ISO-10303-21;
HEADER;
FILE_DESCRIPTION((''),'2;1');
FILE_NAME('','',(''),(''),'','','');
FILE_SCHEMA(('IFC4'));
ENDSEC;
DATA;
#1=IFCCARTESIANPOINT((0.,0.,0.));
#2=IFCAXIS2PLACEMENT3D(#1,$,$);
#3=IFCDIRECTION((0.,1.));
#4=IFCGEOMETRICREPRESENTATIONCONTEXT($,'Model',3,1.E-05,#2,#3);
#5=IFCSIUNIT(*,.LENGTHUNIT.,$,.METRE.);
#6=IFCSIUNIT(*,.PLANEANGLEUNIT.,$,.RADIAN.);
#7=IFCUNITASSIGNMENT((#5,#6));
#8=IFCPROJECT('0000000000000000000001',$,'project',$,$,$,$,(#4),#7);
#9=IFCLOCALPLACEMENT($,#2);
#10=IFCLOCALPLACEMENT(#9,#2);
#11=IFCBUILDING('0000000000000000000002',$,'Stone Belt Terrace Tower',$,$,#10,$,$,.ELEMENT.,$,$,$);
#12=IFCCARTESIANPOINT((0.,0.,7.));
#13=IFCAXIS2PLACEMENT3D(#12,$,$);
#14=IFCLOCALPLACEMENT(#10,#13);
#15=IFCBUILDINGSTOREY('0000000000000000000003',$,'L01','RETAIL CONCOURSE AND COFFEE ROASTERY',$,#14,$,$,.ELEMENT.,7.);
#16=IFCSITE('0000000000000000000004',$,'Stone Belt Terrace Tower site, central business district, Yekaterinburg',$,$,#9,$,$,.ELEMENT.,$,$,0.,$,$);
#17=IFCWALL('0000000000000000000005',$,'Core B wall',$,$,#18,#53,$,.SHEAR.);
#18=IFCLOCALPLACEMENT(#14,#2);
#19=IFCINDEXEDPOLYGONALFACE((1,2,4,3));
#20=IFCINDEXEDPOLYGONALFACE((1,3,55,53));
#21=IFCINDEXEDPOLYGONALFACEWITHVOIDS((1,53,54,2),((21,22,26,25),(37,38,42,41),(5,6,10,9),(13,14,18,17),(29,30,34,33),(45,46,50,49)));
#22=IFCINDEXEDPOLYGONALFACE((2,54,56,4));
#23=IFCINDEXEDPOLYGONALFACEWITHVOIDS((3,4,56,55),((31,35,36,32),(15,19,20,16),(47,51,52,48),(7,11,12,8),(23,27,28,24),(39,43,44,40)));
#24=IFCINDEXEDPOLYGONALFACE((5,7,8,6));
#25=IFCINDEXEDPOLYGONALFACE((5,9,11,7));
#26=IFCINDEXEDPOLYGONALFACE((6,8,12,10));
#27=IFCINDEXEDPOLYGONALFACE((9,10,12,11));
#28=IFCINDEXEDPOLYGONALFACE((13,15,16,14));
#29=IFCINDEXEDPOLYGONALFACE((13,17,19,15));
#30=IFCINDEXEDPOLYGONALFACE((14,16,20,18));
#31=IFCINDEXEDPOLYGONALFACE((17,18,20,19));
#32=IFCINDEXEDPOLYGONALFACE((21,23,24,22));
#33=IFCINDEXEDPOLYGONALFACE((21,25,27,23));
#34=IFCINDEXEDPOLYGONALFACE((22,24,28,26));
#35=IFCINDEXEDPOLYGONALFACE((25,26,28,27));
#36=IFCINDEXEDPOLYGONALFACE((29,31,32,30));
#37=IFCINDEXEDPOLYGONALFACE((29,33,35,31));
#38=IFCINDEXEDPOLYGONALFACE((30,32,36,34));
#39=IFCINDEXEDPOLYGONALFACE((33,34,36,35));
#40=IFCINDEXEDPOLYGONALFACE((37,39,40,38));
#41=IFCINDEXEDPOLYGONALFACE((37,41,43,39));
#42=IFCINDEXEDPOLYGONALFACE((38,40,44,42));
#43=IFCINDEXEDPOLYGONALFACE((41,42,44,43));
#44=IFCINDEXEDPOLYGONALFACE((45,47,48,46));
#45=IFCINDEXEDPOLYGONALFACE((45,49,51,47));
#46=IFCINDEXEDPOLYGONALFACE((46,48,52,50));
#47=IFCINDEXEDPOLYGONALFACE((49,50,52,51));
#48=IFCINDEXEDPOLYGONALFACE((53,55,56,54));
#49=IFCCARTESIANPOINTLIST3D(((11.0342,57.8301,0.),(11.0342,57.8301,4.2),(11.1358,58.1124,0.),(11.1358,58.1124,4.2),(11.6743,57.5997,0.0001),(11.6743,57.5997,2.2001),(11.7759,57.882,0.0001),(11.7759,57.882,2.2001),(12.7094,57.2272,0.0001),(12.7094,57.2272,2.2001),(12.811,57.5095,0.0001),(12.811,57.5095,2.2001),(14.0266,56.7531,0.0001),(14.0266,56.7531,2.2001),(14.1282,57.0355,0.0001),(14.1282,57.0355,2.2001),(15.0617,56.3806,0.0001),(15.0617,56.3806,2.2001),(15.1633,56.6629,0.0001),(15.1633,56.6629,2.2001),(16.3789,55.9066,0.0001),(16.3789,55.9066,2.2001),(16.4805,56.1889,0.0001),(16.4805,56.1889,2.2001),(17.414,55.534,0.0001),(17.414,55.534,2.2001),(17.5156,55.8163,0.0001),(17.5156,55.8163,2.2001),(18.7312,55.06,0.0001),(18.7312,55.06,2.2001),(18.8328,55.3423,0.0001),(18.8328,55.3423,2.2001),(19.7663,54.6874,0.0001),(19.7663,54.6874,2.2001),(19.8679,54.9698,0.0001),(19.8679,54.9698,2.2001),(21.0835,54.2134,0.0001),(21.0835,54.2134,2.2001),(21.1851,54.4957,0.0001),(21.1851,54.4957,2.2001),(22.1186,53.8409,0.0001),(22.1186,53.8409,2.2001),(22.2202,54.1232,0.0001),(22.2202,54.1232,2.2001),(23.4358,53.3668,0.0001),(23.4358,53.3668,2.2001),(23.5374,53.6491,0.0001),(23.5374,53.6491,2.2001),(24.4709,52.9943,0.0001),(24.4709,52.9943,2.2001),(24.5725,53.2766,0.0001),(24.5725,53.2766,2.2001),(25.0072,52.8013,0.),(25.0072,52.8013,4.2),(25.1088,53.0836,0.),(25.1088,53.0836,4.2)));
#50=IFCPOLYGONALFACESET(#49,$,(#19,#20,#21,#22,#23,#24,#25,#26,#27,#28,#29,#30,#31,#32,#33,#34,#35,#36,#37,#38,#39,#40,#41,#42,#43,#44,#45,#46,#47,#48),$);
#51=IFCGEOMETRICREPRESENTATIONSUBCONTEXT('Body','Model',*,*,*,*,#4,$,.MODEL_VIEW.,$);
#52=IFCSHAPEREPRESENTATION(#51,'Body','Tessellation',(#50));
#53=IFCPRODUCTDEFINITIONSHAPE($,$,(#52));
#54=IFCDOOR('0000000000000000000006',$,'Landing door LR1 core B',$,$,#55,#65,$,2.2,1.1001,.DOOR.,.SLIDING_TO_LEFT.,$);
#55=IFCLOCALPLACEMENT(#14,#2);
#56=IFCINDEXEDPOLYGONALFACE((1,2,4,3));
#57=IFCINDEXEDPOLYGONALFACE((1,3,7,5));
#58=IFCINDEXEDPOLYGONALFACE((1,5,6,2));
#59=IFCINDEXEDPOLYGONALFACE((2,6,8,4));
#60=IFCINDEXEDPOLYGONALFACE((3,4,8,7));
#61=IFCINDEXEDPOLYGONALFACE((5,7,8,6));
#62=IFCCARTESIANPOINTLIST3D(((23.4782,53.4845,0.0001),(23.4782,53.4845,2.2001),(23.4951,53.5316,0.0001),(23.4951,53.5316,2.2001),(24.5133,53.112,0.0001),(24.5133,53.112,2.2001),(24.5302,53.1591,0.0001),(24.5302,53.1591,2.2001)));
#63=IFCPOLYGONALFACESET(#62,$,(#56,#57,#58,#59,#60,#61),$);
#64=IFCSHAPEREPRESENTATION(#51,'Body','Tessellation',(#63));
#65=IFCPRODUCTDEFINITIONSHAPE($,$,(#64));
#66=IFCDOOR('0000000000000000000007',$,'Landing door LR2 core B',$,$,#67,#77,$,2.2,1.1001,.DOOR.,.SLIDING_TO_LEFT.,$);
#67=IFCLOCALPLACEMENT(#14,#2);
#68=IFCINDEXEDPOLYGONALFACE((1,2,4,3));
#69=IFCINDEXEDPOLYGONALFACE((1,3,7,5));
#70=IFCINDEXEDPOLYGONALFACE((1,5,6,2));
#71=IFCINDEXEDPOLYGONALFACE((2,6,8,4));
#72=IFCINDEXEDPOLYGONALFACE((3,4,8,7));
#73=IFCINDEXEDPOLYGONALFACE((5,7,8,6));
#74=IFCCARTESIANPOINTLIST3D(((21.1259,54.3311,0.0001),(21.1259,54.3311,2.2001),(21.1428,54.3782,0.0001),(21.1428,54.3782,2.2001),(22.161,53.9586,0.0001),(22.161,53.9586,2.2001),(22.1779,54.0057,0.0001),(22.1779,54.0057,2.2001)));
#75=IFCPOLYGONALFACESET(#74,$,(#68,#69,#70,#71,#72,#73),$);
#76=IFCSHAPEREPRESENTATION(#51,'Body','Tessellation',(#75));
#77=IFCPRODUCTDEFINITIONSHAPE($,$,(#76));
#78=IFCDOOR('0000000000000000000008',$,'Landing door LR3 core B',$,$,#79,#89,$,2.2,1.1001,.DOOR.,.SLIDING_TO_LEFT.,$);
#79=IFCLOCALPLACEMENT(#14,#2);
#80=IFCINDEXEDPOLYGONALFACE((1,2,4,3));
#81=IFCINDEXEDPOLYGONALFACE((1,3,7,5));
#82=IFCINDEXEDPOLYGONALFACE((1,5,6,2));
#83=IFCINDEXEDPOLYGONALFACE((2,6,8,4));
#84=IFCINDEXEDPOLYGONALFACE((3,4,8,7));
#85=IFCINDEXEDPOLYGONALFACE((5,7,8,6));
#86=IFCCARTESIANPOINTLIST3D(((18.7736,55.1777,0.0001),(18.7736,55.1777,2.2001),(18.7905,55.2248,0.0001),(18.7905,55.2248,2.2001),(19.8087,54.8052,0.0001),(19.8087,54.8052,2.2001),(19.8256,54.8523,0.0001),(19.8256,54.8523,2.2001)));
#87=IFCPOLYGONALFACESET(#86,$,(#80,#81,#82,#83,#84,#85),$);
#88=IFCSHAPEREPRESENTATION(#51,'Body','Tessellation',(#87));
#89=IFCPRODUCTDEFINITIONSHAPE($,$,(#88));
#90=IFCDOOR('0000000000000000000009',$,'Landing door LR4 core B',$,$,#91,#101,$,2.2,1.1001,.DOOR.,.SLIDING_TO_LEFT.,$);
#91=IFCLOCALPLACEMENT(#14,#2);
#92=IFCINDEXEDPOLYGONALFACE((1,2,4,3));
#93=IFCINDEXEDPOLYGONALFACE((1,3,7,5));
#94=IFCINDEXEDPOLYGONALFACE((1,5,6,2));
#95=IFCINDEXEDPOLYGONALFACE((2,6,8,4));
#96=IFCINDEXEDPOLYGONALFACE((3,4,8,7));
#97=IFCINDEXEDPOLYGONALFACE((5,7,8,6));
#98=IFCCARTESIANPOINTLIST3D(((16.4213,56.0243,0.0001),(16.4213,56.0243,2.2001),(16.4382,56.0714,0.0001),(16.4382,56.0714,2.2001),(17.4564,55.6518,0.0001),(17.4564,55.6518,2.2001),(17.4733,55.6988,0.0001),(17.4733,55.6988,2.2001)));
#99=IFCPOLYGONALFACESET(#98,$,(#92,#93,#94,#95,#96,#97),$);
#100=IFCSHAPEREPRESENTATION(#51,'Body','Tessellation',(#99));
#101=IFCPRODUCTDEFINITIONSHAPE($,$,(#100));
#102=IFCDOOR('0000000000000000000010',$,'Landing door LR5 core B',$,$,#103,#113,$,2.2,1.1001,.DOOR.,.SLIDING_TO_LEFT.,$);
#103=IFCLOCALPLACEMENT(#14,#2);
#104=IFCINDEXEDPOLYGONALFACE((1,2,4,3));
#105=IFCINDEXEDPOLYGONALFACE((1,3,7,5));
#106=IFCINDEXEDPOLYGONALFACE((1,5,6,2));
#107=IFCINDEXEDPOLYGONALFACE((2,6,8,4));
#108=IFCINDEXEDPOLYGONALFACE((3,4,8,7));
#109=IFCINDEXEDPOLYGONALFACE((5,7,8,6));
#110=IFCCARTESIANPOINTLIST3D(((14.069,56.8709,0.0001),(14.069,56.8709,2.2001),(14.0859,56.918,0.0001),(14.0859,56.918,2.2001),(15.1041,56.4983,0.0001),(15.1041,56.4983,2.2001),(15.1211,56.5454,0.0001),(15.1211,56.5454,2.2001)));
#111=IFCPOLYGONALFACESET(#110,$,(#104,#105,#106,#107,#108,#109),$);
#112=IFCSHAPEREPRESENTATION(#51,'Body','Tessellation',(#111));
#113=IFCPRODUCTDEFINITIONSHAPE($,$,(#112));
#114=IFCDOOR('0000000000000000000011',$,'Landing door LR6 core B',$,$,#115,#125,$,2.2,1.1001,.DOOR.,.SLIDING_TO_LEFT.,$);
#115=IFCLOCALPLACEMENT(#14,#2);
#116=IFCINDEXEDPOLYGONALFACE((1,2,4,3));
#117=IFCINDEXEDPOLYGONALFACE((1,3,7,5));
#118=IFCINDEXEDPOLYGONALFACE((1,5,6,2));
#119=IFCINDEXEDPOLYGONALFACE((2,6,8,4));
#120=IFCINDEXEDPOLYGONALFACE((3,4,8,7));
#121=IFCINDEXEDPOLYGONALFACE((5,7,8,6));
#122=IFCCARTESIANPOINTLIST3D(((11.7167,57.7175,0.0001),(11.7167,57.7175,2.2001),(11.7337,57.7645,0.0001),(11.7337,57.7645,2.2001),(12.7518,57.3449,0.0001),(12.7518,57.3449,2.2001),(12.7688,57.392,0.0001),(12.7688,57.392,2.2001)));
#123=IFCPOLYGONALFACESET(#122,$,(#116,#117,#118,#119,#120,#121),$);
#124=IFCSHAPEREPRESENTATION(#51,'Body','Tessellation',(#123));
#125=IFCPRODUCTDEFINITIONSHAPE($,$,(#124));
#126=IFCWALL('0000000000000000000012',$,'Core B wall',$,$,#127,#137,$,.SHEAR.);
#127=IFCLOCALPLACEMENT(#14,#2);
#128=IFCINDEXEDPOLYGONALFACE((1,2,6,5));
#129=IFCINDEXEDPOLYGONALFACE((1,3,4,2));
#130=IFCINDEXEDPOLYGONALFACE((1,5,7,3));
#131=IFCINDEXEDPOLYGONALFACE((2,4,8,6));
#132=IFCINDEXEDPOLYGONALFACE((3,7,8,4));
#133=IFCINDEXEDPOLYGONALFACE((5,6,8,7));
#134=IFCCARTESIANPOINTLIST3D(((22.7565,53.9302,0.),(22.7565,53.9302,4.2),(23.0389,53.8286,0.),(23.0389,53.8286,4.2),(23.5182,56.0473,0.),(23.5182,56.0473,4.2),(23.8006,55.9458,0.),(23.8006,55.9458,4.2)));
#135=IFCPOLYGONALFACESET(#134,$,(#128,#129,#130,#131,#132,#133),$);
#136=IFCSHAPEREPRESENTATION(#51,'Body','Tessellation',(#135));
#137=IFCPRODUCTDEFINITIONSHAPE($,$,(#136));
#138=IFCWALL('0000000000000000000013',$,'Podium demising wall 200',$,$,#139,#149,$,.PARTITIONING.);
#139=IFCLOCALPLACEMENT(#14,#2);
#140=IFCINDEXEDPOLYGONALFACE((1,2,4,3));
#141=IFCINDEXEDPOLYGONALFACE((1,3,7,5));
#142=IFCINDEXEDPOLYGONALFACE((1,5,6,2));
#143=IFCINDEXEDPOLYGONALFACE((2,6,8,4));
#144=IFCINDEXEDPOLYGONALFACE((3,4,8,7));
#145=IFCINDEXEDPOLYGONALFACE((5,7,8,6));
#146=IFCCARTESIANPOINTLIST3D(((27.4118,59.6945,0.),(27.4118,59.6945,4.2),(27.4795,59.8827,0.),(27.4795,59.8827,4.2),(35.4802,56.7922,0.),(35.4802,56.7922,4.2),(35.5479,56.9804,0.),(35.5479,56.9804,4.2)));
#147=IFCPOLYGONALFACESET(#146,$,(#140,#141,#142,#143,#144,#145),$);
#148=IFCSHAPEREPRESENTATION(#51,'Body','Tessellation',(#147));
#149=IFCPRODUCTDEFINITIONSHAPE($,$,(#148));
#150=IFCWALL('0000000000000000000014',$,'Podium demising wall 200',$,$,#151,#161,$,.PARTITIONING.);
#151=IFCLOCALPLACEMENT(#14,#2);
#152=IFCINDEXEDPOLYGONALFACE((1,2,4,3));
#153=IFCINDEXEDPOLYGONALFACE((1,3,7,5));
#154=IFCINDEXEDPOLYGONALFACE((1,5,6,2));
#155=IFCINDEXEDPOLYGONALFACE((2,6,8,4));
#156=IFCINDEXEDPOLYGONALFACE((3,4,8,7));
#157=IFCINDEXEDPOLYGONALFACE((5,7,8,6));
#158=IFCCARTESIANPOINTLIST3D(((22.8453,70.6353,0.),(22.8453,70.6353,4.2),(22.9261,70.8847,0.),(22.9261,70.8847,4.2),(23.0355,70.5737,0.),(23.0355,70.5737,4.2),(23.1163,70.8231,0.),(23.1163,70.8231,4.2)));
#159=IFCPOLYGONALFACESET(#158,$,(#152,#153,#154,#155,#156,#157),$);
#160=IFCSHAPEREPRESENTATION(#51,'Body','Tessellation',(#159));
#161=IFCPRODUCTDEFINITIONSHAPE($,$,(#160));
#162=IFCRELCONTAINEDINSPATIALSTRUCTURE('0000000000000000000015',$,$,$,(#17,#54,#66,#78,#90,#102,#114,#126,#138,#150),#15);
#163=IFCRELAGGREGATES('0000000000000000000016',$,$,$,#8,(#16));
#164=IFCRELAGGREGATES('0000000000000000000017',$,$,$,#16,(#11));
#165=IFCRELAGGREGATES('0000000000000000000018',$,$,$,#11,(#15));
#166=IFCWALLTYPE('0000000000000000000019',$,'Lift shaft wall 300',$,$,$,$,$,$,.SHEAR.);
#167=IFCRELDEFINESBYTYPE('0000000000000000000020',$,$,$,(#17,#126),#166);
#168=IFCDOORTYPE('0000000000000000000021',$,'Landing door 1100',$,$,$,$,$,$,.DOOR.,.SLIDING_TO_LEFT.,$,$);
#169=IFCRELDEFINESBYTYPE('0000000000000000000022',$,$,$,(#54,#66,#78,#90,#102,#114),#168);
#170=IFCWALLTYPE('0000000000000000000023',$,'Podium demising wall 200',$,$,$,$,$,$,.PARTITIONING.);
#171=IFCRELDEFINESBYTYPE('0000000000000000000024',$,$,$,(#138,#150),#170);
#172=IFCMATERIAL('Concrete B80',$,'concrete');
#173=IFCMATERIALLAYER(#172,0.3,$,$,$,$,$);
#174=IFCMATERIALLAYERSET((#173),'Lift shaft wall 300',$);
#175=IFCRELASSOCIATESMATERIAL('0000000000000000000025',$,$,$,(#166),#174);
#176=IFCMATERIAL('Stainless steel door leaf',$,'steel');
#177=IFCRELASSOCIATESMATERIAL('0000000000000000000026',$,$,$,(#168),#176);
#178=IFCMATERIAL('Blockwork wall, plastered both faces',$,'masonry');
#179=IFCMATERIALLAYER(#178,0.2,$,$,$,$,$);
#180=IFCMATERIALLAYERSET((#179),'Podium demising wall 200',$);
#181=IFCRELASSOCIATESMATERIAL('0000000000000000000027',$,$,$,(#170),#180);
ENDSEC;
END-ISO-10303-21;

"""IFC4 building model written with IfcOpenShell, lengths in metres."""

from ifc_helpers import new_model, si_unit, direction, frame, frame_2d, origin, place, context, subcontext, project, spatial, rectangle, extrude, material, layer, layer_set, type_object, element, fill, save


model = new_model("IFC4")

# Units and contexts
model_context = context("Model", 3, precision=1e-05, world=origin(), true_north=direction((0.0, 1.0)))
body_context = subcontext(model_context, "Body", "Model", "MODEL_VIEW")
ifc_project = project(units=[si_unit("LENGTHUNIT", "METRE"), si_unit("PLANEANGLEUNIT", "RADIAN")], contexts=[model_context])

# Site, building, storey
site_placement = place(None, origin())
site = spatial("IfcSite", under=ifc_project, at=site_placement, Name="Stone Belt Terrace Tower site, central business district, Yekaterinburg", CompositionType="ELEMENT", RefElevation=0.0)
building_placement = place(site_placement, origin())
building = spatial("IfcBuilding", under=site, at=building_placement, Name="Stone Belt Terrace Tower", CompositionType="ELEMENT")
storey_placement = place(building_placement, frame((0.0, 0.0, 7.0)))
storey = spatial("IfcBuildingStorey", under=building, at=storey_placement, Name="L01", Description="RETAIL CONCOURSE AND COFFEE ROASTERY", CompositionType="ELEMENT", Elevation=7.0)

# Shared definitions
ifc_material_1 = material(Name="Concrete B80", Category="concrete")

# Shared definitions
ifc_layer_1 = layer(ifc_material_1, 0.3)
ifc_layer_set_1 = layer_set([ifc_layer_1], Name="Lift shaft wall 300")
wall_type_1 = type_object("IfcWallType", Name="Lift shaft wall 300", PredefinedType="SHEAR", material=ifc_layer_set_1)
ifc_material_2 = material(Name="Stainless steel door leaf", Category="steel")

# Wall, openings, doors
wall_1_placement = place(storey_placement, frame((25.0581, 52.9424, 0.0), z_axis=(0.0, 0.0, 1.0), x_axis=(-0.940918, 0.338634, 0.0)))
wall_1 = element("IfcWall", 1, at=wall_1_placement, inside=storey, type_object=wall_type_1, Name="Core B wall", PredefinedType="SHEAR", context=body_context, shape_type="SweptSolid", body=[
    extrude(rectangle(XDim=14.8503, YDim=0.3, at=frame_2d((7.4253, 0.0))), origin(), (0.0, 0.0, 1.0), 4.2),
])
opening_1_placement = place(wall_1_placement, frame((0.5701, 0.0, 0.0)))
opening_1 = element("IfcOpeningElement", 2, at=opening_1_placement, cuts=wall_1, PredefinedType="OPENING", context=body_context, shape_type="SweptSolid", body=[
    extrude(rectangle(XDim=1.1001, YDim=2.2, at=frame_2d((0.55, 1.1001))), frame((0.0, 0.1599, 0.0), z_axis=(0.0, -1.0, 0.0), x_axis=(1.0, 0.0, 0.0)), (0.0, 0.0, 1.0), 0.3201),
])
opening_2_placement = place(wall_1_placement, frame((3.0701, 0.0, 0.0)))
opening_2 = element("IfcOpeningElement", 3, at=opening_2_placement, cuts=wall_1, PredefinedType="OPENING", context=body_context, shape_type="SweptSolid", body=[
    extrude(rectangle(XDim=1.1001, YDim=2.2, at=frame_2d((0.55, 1.1001))), frame((0.0, 0.1599, 0.0), z_axis=(0.0, -1.0, 0.0), x_axis=(1.0, 0.0, 0.0)), (0.0, 0.0, 1.0), 0.3201),
])
opening_3_placement = place(wall_1_placement, frame((5.5701, 0.0, 0.0)))
opening_3 = element("IfcOpeningElement", 4, at=opening_3_placement, cuts=wall_1, PredefinedType="OPENING", context=body_context, shape_type="SweptSolid", body=[
    extrude(rectangle(XDim=1.1001, YDim=2.2, at=frame_2d((0.55, 1.1001))), frame((0.0, 0.1599, 0.0), z_axis=(0.0, -1.0, 0.0), x_axis=(1.0, 0.0, 0.0)), (0.0, 0.0, 1.0), 0.3201),
])
opening_4_placement = place(wall_1_placement, frame((8.0701, 0.0, 0.0)))
opening_4 = element("IfcOpeningElement", 5, at=opening_4_placement, cuts=wall_1, PredefinedType="OPENING", context=body_context, shape_type="SweptSolid", body=[
    extrude(rectangle(XDim=1.1001, YDim=2.2, at=frame_2d((0.55, 1.1001))), frame((0.0, 0.1599, 0.0), z_axis=(0.0, -1.0, 0.0), x_axis=(1.0, 0.0, 0.0)), (0.0, 0.0, 1.0), 0.3201),
])
opening_5_placement = place(wall_1_placement, frame((10.5701, 0.0, 0.0)))
opening_5 = element("IfcOpeningElement", 6, at=opening_5_placement, cuts=wall_1, PredefinedType="OPENING", context=body_context, shape_type="SweptSolid", body=[
    extrude(rectangle(XDim=1.1001, YDim=2.2, at=frame_2d((0.55, 1.1001))), frame((0.0, 0.1599, 0.0), z_axis=(0.0, -1.0, 0.0), x_axis=(1.0, 0.0, 0.0)), (0.0, 0.0, 1.0), 0.3201),
])
opening_6_placement = place(wall_1_placement, frame((13.0701, 0.0, 0.0)))
opening_6 = element("IfcOpeningElement", 7, at=opening_6_placement, cuts=wall_1, PredefinedType="OPENING", context=body_context, shape_type="SweptSolid", body=[
    extrude(rectangle(XDim=1.1001, YDim=2.2, at=frame_2d((0.55, 1.1001))), frame((0.0, 0.1599, 0.0), z_axis=(0.0, -1.0, 0.0), x_axis=(1.0, 0.0, 0.0)), (0.0, 0.0, 1.0), 0.3201),
])
door_type_1 = type_object("IfcDoorType", Name="Landing door 1100", OperationType="SLIDING_TO_LEFT", PredefinedType="DOOR", material=ifc_material_2)
door_1_placement = place(opening_1_placement, origin())
door_1 = element("IfcDoor", 8, at=door_1_placement, inside=storey, type_object=door_type_1, Name="Landing door LR1 core B", OperationType="SLIDING_TO_LEFT", OverallHeight=2.2, OverallWidth=1.1001, PredefinedType="DOOR", context=body_context, shape_type="SweptSolid", body=[
    extrude(rectangle(XDim=1.1001, YDim=2.2, at=frame_2d((0.55, 1.1001))), frame((0.0, 0.0249, 0.0), z_axis=(0.0, -1.0, 0.0), x_axis=(1.0, 0.0, 0.0)), (0.0, 0.0, 1.0), 0.05),
])
fill(opening_1, door_1)
door_2_placement = place(opening_2_placement, origin())
door_2 = element("IfcDoor", 9, at=door_2_placement, inside=storey, type_object=door_type_1, Name="Landing door LR2 core B", OperationType="SLIDING_TO_LEFT", OverallHeight=2.2, OverallWidth=1.1001, PredefinedType="DOOR", context=body_context, shape_type="SweptSolid", body=[
    extrude(rectangle(XDim=1.1001, YDim=2.2, at=frame_2d((0.55, 1.1001))), frame((0.0, 0.0249, 0.0), z_axis=(0.0, -1.0, 0.0), x_axis=(1.0, 0.0, 0.0)), (0.0, 0.0, 1.0), 0.05),
])
fill(opening_2, door_2)
door_3_placement = place(opening_3_placement, origin())
door_3 = element("IfcDoor", 10, at=door_3_placement, inside=storey, type_object=door_type_1, Name="Landing door LR3 core B", OperationType="SLIDING_TO_LEFT", OverallHeight=2.2, OverallWidth=1.1001, PredefinedType="DOOR", context=body_context, shape_type="SweptSolid", body=[
    extrude(rectangle(XDim=1.1001, YDim=2.2, at=frame_2d((0.55, 1.1001))), frame((0.0, 0.0249, 0.0), z_axis=(0.0, -1.0, 0.0), x_axis=(1.0, 0.0, 0.0)), (0.0, 0.0, 1.0), 0.05),
])
fill(opening_3, door_3)
door_4_placement = place(opening_4_placement, origin())
door_4 = element("IfcDoor", 11, at=door_4_placement, inside=storey, type_object=door_type_1, Name="Landing door LR4 core B", OperationType="SLIDING_TO_LEFT", OverallHeight=2.2, OverallWidth=1.1001, PredefinedType="DOOR", context=body_context, shape_type="SweptSolid", body=[
    extrude(rectangle(XDim=1.1001, YDim=2.2, at=frame_2d((0.55, 1.1001))), frame((0.0, 0.0249, 0.0), z_axis=(0.0, -1.0, 0.0), x_axis=(1.0, 0.0, 0.0)), (0.0, 0.0, 1.0), 0.05),
])
fill(opening_4, door_4)
door_5_placement = place(opening_5_placement, origin())
door_5 = element("IfcDoor", 12, at=door_5_placement, inside=storey, type_object=door_type_1, Name="Landing door LR5 core B", OperationType="SLIDING_TO_LEFT", OverallHeight=2.2, OverallWidth=1.1001, PredefinedType="DOOR", context=body_context, shape_type="SweptSolid", body=[
    extrude(rectangle(XDim=1.1001, YDim=2.2, at=frame_2d((0.55, 1.1001))), frame((0.0, 0.0249, 0.0), z_axis=(0.0, -1.0, 0.0), x_axis=(1.0, 0.0, 0.0)), (0.0, 0.0, 1.0), 0.05),
])
fill(opening_5, door_5)
door_6_placement = place(opening_6_placement, origin())
door_6 = element("IfcDoor", 13, at=door_6_placement, inside=storey, type_object=door_type_1, Name="Landing door LR6 core B", OperationType="SLIDING_TO_LEFT", OverallHeight=2.2, OverallWidth=1.1001, PredefinedType="DOOR", context=body_context, shape_type="SweptSolid", body=[
    extrude(rectangle(XDim=1.1001, YDim=2.2, at=frame_2d((0.55, 1.1001))), frame((0.0, 0.0249, 0.0), z_axis=(0.0, -1.0, 0.0), x_axis=(1.0, 0.0, 0.0)), (0.0, 0.0, 1.0), 0.05),
])
fill(opening_6, door_6)

# Walls
wall_2_placement = place(storey_placement, frame((22.8977, 53.8794, 0.0), z_axis=(0.0, 0.0, 1.0), x_axis=(0.338535, 0.940954, 0.0)))
element("IfcWall", 14, at=wall_2_placement, inside=storey, type_object=wall_type_1, Name="Core B wall", PredefinedType="SHEAR", context=body_context, shape_type="SweptSolid", body=[
    extrude(rectangle(XDim=2.25, YDim=0.3, at=frame_2d((1.125, 0.0))), origin(), (0.0, 0.0, 1.0), 4.2),
])
ifc_material_3 = material(Name="Blockwork wall, plastered both faces", Category="masonry")
ifc_layer_2 = layer(ifc_material_3, 0.2)
ifc_layer_set_2 = layer_set([ifc_layer_2], Name="Podium demising wall 200")
wall_type_2 = type_object("IfcWallType", Name="Podium demising wall 200", PredefinedType="PARTITIONING", material=ifc_layer_set_2)
wall_3_placement = place(storey_placement, frame((27.4458, 59.7886, 0.0), z_axis=(0.0, 0.0, 1.0), x_axis=(0.940972, -0.338486, 0.0)))
element("IfcWall", 15, at=wall_3_placement, inside=storey, type_object=wall_type_2, Name="Podium demising wall 200", PredefinedType="PARTITIONING", context=body_context, shape_type="SweptSolid", body=[
    extrude(rectangle(XDim=8.5745, YDim=0.2, at=frame_2d((4.2871, 0.0))), origin(), (0.0, 0.0, 1.0), 4.2),
])
wall_4_placement = place(storey_placement, frame((22.9404, 70.6045, 0.0), z_axis=(0.0, 0.0, 1.0), x_axis=(0.308118, 0.951348, 0.0)))
element("IfcWall", 16, at=wall_4_placement, inside=storey, type_object=wall_type_2, Name="Podium demising wall 200", PredefinedType="PARTITIONING", context=body_context, shape_type="SweptSolid", body=[
    extrude(rectangle(XDim=0.2622, YDim=0.2, at=frame_2d((0.1311, 0.0))), origin(), (0.0, 0.0, 1.0), 4.2),
])

save(model, "model.ifc")
